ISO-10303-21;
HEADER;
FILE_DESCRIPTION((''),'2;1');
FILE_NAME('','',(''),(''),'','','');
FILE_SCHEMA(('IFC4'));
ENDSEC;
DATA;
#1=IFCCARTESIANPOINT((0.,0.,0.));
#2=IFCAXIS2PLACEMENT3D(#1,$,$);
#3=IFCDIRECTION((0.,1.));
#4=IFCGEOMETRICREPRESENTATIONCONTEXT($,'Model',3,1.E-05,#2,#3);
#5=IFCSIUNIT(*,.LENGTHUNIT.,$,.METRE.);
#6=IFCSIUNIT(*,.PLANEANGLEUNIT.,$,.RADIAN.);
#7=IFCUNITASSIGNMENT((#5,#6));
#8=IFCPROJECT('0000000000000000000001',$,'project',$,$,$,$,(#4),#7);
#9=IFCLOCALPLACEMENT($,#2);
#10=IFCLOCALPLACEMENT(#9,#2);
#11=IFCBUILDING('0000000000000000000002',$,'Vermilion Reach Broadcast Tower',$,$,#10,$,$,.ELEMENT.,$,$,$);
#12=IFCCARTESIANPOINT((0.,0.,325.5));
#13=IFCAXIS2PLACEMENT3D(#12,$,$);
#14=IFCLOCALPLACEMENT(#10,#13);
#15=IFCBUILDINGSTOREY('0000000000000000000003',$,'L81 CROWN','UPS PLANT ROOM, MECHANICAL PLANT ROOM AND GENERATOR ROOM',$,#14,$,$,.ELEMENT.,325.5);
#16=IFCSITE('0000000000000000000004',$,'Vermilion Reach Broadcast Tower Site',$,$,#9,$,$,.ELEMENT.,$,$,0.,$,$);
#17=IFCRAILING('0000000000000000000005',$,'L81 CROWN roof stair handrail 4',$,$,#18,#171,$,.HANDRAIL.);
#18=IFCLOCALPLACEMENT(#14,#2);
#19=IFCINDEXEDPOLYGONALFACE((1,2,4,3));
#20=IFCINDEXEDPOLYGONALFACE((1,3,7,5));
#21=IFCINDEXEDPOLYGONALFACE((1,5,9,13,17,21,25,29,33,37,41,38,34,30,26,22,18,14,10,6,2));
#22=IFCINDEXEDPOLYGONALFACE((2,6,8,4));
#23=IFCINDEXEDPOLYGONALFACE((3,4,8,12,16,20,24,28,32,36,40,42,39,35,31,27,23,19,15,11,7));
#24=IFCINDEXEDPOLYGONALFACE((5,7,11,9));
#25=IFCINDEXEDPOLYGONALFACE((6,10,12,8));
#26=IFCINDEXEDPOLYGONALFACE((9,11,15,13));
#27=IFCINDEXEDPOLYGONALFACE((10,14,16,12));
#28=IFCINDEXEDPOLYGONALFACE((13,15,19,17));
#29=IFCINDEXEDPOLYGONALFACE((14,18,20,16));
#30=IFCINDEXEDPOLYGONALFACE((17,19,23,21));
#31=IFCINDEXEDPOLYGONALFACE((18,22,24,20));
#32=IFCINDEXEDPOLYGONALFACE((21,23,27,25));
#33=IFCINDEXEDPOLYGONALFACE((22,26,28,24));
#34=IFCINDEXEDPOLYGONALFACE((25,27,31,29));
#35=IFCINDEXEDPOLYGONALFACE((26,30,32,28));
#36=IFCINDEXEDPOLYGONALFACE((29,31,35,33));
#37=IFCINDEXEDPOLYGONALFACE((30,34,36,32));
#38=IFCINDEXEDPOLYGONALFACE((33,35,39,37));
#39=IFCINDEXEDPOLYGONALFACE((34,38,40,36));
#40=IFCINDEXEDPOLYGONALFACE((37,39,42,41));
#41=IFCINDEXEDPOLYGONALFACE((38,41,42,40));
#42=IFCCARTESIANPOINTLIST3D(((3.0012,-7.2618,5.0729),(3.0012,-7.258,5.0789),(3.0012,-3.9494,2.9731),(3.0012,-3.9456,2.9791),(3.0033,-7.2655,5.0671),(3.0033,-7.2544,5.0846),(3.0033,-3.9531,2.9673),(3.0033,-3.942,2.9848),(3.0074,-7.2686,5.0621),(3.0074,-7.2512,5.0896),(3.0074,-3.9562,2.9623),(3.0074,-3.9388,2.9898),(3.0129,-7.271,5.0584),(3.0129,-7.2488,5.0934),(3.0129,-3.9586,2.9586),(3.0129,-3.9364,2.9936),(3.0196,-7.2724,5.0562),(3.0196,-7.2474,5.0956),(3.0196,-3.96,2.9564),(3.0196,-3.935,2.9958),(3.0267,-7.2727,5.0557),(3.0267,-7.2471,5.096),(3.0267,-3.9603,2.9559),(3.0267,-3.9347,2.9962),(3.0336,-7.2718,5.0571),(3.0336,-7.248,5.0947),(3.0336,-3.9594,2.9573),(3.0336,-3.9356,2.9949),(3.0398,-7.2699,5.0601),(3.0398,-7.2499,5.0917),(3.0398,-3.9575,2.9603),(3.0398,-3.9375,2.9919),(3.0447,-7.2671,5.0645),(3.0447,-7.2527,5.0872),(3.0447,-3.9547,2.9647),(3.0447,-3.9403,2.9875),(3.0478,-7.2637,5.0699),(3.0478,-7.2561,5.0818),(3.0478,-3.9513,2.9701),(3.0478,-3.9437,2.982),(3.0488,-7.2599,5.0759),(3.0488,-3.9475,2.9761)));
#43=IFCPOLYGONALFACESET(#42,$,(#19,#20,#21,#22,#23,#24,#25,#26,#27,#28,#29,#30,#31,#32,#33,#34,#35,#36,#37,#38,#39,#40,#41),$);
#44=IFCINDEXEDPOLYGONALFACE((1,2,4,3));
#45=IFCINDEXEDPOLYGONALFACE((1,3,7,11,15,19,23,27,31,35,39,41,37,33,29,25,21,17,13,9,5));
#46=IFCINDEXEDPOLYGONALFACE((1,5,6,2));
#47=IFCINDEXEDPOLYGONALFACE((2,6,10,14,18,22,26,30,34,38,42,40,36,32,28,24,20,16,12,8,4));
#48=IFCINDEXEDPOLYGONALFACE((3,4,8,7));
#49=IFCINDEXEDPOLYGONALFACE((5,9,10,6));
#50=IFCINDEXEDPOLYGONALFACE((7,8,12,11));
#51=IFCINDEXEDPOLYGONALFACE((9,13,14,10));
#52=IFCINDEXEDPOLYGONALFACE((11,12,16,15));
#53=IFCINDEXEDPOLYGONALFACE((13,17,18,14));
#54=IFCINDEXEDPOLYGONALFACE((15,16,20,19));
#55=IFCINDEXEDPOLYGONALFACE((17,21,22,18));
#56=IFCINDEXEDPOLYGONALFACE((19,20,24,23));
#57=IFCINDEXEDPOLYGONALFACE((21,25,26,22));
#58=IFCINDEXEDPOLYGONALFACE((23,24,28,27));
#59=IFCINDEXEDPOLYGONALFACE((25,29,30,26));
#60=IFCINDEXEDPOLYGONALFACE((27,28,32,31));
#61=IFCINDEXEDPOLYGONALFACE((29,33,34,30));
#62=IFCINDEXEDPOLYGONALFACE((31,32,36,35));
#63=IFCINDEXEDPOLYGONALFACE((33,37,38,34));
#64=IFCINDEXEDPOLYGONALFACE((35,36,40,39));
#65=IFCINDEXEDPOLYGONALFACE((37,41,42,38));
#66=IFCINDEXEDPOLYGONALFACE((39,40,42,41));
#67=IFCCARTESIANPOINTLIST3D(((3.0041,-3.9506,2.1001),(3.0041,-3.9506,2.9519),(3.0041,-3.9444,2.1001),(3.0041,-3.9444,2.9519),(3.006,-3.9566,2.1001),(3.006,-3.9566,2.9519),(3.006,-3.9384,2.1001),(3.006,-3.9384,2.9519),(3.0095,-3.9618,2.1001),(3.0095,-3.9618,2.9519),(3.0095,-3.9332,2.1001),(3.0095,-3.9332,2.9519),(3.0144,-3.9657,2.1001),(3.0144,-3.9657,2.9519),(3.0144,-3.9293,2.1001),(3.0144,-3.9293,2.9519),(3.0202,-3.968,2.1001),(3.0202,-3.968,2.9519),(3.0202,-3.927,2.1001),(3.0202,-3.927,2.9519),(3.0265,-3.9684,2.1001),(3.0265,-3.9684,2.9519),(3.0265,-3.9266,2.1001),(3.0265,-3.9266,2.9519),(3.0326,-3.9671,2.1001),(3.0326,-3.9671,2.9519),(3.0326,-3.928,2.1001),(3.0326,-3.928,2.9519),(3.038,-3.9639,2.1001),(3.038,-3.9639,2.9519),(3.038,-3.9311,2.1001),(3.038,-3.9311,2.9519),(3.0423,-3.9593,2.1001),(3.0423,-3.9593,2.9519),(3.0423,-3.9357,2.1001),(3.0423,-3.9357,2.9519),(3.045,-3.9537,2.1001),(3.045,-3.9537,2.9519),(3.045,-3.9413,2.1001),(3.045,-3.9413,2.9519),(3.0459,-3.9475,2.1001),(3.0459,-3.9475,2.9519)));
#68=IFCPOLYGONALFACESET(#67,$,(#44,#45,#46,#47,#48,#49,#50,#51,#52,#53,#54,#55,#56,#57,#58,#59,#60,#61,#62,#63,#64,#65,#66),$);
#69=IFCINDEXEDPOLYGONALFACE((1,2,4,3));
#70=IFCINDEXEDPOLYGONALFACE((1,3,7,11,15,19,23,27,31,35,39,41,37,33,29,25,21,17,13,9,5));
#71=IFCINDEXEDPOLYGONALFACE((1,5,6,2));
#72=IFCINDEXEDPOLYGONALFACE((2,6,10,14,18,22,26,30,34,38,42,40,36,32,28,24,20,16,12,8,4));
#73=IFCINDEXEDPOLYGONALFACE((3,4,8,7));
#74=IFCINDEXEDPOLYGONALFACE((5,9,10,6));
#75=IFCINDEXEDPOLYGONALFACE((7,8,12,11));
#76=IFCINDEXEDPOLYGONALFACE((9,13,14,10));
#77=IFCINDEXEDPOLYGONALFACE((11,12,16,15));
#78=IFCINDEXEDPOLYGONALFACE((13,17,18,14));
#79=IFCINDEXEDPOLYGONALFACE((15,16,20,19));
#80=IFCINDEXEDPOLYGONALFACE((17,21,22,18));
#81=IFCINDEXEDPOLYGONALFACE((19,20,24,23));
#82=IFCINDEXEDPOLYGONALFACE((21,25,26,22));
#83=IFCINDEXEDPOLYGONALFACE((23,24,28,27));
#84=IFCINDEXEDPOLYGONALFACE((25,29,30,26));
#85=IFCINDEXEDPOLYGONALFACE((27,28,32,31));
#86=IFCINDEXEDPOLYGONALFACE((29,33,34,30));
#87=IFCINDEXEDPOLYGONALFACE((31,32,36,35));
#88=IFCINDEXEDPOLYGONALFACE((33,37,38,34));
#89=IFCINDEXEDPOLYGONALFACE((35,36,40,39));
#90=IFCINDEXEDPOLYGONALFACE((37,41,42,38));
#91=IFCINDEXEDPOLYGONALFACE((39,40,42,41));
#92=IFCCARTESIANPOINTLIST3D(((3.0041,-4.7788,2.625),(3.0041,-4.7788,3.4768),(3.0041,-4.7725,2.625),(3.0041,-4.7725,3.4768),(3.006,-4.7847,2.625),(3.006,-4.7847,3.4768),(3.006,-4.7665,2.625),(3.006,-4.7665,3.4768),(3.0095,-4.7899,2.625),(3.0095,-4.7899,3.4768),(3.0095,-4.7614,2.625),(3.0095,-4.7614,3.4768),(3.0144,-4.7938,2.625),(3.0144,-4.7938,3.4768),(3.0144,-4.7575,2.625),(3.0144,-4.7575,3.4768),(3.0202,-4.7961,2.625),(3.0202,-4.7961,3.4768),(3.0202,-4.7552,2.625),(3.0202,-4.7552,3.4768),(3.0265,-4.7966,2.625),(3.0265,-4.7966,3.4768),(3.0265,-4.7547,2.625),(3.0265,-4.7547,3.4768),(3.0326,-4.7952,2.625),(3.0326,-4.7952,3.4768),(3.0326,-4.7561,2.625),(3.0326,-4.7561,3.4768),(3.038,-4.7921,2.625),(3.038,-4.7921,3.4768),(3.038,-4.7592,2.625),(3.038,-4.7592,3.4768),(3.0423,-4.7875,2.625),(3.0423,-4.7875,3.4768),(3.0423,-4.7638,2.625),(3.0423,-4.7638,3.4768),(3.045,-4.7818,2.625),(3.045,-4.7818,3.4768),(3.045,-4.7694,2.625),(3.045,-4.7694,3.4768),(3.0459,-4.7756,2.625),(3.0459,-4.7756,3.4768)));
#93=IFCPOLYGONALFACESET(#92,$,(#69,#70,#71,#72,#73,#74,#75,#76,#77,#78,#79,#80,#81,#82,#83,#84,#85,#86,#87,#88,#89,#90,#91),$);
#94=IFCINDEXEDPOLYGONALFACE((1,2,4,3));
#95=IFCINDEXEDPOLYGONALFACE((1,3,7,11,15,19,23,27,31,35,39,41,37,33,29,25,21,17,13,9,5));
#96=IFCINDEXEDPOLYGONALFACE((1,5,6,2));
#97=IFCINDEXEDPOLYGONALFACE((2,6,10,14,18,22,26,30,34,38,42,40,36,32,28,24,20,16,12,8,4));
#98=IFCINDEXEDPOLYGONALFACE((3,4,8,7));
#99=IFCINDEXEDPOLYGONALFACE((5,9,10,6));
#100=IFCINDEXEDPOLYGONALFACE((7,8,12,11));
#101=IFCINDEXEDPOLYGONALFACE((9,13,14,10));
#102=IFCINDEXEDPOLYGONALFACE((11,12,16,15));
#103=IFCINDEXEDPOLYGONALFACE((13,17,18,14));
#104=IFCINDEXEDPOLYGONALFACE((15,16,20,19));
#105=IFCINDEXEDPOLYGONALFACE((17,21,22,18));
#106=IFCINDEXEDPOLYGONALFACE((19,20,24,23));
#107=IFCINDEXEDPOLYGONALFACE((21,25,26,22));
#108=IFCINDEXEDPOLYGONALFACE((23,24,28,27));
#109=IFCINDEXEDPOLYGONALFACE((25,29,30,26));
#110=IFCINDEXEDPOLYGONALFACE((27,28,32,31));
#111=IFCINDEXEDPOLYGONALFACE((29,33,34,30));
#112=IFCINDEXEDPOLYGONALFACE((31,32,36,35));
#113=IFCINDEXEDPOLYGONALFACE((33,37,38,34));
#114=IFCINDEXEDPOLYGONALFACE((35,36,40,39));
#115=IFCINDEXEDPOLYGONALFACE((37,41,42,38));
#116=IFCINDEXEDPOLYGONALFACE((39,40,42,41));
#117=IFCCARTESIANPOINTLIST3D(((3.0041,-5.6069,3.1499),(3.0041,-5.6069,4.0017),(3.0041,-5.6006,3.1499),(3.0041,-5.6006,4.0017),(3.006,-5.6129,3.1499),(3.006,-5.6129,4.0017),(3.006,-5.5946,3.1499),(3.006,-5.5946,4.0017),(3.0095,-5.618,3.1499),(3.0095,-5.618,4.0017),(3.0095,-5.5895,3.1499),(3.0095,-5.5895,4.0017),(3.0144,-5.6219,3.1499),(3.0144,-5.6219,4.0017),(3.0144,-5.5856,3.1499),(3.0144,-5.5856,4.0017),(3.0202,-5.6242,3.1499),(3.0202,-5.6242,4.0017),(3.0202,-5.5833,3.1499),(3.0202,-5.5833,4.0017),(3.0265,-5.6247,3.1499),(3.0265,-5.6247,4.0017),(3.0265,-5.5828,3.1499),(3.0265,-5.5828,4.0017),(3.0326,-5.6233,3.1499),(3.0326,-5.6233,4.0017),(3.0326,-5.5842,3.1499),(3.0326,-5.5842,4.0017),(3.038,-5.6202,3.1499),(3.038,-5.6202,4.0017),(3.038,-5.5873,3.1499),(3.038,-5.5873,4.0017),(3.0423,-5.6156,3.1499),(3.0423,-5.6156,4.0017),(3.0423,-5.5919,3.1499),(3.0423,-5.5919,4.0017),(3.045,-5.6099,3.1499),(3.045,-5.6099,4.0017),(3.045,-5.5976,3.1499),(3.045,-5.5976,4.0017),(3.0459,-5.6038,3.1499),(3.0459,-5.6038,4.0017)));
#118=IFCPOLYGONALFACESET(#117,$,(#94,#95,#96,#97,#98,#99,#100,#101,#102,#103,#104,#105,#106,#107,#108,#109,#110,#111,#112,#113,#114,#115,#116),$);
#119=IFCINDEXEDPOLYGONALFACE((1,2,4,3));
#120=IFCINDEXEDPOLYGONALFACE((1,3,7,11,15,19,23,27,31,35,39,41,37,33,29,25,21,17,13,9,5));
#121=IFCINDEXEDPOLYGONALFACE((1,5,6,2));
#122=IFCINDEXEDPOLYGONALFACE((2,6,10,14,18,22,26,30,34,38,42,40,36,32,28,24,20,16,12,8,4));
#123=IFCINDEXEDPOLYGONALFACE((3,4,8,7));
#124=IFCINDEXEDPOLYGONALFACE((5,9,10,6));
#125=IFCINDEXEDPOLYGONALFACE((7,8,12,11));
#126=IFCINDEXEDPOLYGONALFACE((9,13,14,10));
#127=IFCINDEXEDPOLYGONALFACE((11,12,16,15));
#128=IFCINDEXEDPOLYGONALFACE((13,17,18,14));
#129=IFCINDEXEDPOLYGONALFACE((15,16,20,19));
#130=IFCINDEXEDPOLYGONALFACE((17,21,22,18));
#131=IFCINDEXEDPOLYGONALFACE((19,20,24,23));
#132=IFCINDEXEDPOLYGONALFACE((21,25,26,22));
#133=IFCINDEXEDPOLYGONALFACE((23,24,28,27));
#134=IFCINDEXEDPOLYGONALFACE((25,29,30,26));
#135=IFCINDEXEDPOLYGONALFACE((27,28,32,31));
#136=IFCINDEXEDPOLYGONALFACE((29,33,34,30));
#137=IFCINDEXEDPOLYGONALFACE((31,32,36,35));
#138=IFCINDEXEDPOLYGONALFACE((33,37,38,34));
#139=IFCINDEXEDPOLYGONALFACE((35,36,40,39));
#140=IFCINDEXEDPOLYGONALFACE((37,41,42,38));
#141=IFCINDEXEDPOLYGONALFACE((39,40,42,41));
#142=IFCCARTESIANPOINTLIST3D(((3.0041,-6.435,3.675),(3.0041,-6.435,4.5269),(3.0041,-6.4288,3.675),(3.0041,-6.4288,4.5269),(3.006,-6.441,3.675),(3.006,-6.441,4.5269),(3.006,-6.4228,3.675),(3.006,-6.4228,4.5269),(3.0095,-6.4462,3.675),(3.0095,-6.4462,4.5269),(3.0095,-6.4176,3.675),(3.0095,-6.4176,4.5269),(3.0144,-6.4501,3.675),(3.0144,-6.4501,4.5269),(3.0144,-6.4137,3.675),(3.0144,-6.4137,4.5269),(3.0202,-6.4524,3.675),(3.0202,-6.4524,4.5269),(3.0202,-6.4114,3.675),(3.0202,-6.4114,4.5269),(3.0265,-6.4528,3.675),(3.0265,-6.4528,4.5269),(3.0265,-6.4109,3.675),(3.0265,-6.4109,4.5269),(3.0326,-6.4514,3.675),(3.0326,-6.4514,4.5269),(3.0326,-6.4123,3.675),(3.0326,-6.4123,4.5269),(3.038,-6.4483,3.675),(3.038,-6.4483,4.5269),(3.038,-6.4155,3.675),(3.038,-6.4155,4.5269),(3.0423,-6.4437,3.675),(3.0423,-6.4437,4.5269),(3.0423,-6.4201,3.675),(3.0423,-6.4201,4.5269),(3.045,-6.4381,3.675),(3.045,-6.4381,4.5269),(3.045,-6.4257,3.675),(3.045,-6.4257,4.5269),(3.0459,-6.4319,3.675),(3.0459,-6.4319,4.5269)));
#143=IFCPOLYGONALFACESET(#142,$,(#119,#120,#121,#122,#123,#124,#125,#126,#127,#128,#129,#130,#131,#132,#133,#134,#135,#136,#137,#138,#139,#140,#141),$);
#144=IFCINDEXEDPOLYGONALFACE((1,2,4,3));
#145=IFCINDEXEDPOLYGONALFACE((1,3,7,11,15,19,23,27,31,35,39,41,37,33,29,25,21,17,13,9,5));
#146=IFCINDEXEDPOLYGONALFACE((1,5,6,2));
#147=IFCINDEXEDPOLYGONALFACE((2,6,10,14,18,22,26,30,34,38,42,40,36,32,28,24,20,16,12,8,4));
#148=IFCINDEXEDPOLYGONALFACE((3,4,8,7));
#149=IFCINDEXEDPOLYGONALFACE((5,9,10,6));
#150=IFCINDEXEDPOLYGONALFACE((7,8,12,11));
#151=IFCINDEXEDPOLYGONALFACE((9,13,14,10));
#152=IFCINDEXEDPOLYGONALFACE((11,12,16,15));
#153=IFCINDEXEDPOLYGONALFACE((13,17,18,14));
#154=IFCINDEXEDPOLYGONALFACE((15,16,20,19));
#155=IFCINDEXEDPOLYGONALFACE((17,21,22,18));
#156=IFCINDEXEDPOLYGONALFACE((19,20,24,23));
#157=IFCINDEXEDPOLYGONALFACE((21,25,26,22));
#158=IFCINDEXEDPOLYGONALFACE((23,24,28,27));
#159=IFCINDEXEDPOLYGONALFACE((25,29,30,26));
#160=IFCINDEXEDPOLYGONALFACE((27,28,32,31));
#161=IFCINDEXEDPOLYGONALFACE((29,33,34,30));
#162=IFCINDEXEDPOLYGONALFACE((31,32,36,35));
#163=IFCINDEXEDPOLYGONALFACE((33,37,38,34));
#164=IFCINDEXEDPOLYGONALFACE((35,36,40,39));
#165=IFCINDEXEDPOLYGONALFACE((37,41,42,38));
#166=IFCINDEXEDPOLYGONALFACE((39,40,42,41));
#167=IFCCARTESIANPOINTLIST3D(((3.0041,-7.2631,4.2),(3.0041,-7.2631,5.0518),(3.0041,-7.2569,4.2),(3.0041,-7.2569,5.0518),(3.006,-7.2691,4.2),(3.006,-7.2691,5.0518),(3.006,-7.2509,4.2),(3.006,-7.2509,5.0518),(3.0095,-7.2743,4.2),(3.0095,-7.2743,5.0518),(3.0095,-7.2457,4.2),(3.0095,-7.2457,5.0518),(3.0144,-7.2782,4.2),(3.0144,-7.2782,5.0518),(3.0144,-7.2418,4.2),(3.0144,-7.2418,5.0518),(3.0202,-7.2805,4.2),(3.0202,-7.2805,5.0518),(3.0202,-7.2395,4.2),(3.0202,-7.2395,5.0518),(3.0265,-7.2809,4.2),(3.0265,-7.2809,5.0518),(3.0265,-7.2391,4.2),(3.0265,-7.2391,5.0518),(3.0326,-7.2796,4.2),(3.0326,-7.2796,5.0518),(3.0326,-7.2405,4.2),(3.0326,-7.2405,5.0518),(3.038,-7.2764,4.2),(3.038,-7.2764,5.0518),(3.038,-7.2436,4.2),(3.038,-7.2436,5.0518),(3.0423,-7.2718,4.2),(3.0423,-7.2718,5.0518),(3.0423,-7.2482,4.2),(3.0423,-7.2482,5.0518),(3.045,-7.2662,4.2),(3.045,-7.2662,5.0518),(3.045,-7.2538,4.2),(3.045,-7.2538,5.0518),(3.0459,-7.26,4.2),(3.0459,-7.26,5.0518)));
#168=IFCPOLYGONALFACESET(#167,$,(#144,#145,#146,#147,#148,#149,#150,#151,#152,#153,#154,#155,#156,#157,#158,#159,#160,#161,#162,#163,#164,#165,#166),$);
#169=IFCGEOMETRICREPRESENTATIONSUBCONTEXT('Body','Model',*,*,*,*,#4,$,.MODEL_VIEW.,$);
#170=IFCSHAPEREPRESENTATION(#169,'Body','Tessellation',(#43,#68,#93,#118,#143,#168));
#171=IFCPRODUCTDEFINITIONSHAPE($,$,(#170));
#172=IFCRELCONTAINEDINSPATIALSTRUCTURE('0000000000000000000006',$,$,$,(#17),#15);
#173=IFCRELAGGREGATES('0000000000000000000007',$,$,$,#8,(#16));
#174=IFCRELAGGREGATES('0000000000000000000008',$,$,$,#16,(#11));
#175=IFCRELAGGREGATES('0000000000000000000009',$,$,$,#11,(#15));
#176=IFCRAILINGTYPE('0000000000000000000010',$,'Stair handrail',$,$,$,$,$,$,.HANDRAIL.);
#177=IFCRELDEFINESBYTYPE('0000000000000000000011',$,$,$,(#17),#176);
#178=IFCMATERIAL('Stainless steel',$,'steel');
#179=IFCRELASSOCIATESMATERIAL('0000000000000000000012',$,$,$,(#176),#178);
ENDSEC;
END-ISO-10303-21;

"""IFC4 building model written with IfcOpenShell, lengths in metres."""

from ifc_helpers import new_model, si_unit, direction, frame, origin, origin_2d, place, context, subcontext, project, spatial, circle, extrude, material, type_object, element, save


model = new_model("IFC4")

# Units and contexts
model_context = context("Model", 3, precision=1e-05, world=origin(), true_north=direction((0.0, 1.0)))
body_context = subcontext(model_context, "Body", "Model", "MODEL_VIEW")
ifc_project = project(units=[si_unit("LENGTHUNIT", "METRE"), si_unit("PLANEANGLEUNIT", "RADIAN")], contexts=[model_context])

# Site, building, storey
site_placement = place(None, origin())
site = spatial("IfcSite", under=ifc_project, at=site_placement, Name="Vermilion Reach Broadcast Tower Site", CompositionType="ELEMENT", RefElevation=0.0)
building_placement = place(site_placement, origin())
building = spatial("IfcBuilding", under=site, at=building_placement, Name="Vermilion Reach Broadcast Tower", CompositionType="ELEMENT")
storey_placement = place(building_placement, frame((0.0, 0.0, 325.5)))
storey = spatial("IfcBuildingStorey", under=building, at=storey_placement, Name="L81 CROWN", Description="UPS PLANT ROOM, MECHANICAL PLANT ROOM AND GENERATOR ROOM", CompositionType="ELEMENT", Elevation=325.5)

# Railing
ifc_material_1 = material(Name="Stainless steel", Category="steel")
railing_type_1 = type_object("IfcRailingType", Name="Stair handrail", PredefinedType="HANDRAIL", material=ifc_material_1)
for number, where, name in (
    (1, (3.0249, -3.9475, 2.1001), "L81 CROWN roof stair handrail 4"),
):
    element("IfcRailing", number, at=place(storey_placement, frame(where)), inside=storey, type_object=railing_type_1, Name=name, PredefinedType="HANDRAIL", context=body_context, shape_type="SweptSolid", body=[
        extrude(circle(Radius=0.0239, at=origin_2d()), frame((0.0, 0.0, 0.876), z_axis=(0.0, -0.844596, 0.535404), x_axis=(1.0, 0.0, 0.0)), (0.0, 0.0, 1.0), 3.9219),
        extrude(circle(Radius=0.021, at=origin_2d()), origin(), (0.0, 0.0, 1.0), 0.8518),
        extrude(circle(Radius=0.021, at=origin_2d()), frame((0.0, -0.8281, 0.5249)), (0.0, 0.0, 1.0), 0.8518),
        extrude(circle(Radius=0.021, at=origin_2d()), frame((0.0, -1.6562, 1.0498)), (0.0, 0.0, 1.0), 0.8518),
        extrude(circle(Radius=0.021, at=origin_2d()), frame((0.0, -2.4844, 1.575)), (0.0, 0.0, 1.0), 0.8518),
        extrude(circle(Radius=0.021, at=origin_2d()), frame((0.0, -3.3125, 2.0999)), (0.0, 0.0, 1.0), 0.8518),
    ])

save(model, "model.ifc")
